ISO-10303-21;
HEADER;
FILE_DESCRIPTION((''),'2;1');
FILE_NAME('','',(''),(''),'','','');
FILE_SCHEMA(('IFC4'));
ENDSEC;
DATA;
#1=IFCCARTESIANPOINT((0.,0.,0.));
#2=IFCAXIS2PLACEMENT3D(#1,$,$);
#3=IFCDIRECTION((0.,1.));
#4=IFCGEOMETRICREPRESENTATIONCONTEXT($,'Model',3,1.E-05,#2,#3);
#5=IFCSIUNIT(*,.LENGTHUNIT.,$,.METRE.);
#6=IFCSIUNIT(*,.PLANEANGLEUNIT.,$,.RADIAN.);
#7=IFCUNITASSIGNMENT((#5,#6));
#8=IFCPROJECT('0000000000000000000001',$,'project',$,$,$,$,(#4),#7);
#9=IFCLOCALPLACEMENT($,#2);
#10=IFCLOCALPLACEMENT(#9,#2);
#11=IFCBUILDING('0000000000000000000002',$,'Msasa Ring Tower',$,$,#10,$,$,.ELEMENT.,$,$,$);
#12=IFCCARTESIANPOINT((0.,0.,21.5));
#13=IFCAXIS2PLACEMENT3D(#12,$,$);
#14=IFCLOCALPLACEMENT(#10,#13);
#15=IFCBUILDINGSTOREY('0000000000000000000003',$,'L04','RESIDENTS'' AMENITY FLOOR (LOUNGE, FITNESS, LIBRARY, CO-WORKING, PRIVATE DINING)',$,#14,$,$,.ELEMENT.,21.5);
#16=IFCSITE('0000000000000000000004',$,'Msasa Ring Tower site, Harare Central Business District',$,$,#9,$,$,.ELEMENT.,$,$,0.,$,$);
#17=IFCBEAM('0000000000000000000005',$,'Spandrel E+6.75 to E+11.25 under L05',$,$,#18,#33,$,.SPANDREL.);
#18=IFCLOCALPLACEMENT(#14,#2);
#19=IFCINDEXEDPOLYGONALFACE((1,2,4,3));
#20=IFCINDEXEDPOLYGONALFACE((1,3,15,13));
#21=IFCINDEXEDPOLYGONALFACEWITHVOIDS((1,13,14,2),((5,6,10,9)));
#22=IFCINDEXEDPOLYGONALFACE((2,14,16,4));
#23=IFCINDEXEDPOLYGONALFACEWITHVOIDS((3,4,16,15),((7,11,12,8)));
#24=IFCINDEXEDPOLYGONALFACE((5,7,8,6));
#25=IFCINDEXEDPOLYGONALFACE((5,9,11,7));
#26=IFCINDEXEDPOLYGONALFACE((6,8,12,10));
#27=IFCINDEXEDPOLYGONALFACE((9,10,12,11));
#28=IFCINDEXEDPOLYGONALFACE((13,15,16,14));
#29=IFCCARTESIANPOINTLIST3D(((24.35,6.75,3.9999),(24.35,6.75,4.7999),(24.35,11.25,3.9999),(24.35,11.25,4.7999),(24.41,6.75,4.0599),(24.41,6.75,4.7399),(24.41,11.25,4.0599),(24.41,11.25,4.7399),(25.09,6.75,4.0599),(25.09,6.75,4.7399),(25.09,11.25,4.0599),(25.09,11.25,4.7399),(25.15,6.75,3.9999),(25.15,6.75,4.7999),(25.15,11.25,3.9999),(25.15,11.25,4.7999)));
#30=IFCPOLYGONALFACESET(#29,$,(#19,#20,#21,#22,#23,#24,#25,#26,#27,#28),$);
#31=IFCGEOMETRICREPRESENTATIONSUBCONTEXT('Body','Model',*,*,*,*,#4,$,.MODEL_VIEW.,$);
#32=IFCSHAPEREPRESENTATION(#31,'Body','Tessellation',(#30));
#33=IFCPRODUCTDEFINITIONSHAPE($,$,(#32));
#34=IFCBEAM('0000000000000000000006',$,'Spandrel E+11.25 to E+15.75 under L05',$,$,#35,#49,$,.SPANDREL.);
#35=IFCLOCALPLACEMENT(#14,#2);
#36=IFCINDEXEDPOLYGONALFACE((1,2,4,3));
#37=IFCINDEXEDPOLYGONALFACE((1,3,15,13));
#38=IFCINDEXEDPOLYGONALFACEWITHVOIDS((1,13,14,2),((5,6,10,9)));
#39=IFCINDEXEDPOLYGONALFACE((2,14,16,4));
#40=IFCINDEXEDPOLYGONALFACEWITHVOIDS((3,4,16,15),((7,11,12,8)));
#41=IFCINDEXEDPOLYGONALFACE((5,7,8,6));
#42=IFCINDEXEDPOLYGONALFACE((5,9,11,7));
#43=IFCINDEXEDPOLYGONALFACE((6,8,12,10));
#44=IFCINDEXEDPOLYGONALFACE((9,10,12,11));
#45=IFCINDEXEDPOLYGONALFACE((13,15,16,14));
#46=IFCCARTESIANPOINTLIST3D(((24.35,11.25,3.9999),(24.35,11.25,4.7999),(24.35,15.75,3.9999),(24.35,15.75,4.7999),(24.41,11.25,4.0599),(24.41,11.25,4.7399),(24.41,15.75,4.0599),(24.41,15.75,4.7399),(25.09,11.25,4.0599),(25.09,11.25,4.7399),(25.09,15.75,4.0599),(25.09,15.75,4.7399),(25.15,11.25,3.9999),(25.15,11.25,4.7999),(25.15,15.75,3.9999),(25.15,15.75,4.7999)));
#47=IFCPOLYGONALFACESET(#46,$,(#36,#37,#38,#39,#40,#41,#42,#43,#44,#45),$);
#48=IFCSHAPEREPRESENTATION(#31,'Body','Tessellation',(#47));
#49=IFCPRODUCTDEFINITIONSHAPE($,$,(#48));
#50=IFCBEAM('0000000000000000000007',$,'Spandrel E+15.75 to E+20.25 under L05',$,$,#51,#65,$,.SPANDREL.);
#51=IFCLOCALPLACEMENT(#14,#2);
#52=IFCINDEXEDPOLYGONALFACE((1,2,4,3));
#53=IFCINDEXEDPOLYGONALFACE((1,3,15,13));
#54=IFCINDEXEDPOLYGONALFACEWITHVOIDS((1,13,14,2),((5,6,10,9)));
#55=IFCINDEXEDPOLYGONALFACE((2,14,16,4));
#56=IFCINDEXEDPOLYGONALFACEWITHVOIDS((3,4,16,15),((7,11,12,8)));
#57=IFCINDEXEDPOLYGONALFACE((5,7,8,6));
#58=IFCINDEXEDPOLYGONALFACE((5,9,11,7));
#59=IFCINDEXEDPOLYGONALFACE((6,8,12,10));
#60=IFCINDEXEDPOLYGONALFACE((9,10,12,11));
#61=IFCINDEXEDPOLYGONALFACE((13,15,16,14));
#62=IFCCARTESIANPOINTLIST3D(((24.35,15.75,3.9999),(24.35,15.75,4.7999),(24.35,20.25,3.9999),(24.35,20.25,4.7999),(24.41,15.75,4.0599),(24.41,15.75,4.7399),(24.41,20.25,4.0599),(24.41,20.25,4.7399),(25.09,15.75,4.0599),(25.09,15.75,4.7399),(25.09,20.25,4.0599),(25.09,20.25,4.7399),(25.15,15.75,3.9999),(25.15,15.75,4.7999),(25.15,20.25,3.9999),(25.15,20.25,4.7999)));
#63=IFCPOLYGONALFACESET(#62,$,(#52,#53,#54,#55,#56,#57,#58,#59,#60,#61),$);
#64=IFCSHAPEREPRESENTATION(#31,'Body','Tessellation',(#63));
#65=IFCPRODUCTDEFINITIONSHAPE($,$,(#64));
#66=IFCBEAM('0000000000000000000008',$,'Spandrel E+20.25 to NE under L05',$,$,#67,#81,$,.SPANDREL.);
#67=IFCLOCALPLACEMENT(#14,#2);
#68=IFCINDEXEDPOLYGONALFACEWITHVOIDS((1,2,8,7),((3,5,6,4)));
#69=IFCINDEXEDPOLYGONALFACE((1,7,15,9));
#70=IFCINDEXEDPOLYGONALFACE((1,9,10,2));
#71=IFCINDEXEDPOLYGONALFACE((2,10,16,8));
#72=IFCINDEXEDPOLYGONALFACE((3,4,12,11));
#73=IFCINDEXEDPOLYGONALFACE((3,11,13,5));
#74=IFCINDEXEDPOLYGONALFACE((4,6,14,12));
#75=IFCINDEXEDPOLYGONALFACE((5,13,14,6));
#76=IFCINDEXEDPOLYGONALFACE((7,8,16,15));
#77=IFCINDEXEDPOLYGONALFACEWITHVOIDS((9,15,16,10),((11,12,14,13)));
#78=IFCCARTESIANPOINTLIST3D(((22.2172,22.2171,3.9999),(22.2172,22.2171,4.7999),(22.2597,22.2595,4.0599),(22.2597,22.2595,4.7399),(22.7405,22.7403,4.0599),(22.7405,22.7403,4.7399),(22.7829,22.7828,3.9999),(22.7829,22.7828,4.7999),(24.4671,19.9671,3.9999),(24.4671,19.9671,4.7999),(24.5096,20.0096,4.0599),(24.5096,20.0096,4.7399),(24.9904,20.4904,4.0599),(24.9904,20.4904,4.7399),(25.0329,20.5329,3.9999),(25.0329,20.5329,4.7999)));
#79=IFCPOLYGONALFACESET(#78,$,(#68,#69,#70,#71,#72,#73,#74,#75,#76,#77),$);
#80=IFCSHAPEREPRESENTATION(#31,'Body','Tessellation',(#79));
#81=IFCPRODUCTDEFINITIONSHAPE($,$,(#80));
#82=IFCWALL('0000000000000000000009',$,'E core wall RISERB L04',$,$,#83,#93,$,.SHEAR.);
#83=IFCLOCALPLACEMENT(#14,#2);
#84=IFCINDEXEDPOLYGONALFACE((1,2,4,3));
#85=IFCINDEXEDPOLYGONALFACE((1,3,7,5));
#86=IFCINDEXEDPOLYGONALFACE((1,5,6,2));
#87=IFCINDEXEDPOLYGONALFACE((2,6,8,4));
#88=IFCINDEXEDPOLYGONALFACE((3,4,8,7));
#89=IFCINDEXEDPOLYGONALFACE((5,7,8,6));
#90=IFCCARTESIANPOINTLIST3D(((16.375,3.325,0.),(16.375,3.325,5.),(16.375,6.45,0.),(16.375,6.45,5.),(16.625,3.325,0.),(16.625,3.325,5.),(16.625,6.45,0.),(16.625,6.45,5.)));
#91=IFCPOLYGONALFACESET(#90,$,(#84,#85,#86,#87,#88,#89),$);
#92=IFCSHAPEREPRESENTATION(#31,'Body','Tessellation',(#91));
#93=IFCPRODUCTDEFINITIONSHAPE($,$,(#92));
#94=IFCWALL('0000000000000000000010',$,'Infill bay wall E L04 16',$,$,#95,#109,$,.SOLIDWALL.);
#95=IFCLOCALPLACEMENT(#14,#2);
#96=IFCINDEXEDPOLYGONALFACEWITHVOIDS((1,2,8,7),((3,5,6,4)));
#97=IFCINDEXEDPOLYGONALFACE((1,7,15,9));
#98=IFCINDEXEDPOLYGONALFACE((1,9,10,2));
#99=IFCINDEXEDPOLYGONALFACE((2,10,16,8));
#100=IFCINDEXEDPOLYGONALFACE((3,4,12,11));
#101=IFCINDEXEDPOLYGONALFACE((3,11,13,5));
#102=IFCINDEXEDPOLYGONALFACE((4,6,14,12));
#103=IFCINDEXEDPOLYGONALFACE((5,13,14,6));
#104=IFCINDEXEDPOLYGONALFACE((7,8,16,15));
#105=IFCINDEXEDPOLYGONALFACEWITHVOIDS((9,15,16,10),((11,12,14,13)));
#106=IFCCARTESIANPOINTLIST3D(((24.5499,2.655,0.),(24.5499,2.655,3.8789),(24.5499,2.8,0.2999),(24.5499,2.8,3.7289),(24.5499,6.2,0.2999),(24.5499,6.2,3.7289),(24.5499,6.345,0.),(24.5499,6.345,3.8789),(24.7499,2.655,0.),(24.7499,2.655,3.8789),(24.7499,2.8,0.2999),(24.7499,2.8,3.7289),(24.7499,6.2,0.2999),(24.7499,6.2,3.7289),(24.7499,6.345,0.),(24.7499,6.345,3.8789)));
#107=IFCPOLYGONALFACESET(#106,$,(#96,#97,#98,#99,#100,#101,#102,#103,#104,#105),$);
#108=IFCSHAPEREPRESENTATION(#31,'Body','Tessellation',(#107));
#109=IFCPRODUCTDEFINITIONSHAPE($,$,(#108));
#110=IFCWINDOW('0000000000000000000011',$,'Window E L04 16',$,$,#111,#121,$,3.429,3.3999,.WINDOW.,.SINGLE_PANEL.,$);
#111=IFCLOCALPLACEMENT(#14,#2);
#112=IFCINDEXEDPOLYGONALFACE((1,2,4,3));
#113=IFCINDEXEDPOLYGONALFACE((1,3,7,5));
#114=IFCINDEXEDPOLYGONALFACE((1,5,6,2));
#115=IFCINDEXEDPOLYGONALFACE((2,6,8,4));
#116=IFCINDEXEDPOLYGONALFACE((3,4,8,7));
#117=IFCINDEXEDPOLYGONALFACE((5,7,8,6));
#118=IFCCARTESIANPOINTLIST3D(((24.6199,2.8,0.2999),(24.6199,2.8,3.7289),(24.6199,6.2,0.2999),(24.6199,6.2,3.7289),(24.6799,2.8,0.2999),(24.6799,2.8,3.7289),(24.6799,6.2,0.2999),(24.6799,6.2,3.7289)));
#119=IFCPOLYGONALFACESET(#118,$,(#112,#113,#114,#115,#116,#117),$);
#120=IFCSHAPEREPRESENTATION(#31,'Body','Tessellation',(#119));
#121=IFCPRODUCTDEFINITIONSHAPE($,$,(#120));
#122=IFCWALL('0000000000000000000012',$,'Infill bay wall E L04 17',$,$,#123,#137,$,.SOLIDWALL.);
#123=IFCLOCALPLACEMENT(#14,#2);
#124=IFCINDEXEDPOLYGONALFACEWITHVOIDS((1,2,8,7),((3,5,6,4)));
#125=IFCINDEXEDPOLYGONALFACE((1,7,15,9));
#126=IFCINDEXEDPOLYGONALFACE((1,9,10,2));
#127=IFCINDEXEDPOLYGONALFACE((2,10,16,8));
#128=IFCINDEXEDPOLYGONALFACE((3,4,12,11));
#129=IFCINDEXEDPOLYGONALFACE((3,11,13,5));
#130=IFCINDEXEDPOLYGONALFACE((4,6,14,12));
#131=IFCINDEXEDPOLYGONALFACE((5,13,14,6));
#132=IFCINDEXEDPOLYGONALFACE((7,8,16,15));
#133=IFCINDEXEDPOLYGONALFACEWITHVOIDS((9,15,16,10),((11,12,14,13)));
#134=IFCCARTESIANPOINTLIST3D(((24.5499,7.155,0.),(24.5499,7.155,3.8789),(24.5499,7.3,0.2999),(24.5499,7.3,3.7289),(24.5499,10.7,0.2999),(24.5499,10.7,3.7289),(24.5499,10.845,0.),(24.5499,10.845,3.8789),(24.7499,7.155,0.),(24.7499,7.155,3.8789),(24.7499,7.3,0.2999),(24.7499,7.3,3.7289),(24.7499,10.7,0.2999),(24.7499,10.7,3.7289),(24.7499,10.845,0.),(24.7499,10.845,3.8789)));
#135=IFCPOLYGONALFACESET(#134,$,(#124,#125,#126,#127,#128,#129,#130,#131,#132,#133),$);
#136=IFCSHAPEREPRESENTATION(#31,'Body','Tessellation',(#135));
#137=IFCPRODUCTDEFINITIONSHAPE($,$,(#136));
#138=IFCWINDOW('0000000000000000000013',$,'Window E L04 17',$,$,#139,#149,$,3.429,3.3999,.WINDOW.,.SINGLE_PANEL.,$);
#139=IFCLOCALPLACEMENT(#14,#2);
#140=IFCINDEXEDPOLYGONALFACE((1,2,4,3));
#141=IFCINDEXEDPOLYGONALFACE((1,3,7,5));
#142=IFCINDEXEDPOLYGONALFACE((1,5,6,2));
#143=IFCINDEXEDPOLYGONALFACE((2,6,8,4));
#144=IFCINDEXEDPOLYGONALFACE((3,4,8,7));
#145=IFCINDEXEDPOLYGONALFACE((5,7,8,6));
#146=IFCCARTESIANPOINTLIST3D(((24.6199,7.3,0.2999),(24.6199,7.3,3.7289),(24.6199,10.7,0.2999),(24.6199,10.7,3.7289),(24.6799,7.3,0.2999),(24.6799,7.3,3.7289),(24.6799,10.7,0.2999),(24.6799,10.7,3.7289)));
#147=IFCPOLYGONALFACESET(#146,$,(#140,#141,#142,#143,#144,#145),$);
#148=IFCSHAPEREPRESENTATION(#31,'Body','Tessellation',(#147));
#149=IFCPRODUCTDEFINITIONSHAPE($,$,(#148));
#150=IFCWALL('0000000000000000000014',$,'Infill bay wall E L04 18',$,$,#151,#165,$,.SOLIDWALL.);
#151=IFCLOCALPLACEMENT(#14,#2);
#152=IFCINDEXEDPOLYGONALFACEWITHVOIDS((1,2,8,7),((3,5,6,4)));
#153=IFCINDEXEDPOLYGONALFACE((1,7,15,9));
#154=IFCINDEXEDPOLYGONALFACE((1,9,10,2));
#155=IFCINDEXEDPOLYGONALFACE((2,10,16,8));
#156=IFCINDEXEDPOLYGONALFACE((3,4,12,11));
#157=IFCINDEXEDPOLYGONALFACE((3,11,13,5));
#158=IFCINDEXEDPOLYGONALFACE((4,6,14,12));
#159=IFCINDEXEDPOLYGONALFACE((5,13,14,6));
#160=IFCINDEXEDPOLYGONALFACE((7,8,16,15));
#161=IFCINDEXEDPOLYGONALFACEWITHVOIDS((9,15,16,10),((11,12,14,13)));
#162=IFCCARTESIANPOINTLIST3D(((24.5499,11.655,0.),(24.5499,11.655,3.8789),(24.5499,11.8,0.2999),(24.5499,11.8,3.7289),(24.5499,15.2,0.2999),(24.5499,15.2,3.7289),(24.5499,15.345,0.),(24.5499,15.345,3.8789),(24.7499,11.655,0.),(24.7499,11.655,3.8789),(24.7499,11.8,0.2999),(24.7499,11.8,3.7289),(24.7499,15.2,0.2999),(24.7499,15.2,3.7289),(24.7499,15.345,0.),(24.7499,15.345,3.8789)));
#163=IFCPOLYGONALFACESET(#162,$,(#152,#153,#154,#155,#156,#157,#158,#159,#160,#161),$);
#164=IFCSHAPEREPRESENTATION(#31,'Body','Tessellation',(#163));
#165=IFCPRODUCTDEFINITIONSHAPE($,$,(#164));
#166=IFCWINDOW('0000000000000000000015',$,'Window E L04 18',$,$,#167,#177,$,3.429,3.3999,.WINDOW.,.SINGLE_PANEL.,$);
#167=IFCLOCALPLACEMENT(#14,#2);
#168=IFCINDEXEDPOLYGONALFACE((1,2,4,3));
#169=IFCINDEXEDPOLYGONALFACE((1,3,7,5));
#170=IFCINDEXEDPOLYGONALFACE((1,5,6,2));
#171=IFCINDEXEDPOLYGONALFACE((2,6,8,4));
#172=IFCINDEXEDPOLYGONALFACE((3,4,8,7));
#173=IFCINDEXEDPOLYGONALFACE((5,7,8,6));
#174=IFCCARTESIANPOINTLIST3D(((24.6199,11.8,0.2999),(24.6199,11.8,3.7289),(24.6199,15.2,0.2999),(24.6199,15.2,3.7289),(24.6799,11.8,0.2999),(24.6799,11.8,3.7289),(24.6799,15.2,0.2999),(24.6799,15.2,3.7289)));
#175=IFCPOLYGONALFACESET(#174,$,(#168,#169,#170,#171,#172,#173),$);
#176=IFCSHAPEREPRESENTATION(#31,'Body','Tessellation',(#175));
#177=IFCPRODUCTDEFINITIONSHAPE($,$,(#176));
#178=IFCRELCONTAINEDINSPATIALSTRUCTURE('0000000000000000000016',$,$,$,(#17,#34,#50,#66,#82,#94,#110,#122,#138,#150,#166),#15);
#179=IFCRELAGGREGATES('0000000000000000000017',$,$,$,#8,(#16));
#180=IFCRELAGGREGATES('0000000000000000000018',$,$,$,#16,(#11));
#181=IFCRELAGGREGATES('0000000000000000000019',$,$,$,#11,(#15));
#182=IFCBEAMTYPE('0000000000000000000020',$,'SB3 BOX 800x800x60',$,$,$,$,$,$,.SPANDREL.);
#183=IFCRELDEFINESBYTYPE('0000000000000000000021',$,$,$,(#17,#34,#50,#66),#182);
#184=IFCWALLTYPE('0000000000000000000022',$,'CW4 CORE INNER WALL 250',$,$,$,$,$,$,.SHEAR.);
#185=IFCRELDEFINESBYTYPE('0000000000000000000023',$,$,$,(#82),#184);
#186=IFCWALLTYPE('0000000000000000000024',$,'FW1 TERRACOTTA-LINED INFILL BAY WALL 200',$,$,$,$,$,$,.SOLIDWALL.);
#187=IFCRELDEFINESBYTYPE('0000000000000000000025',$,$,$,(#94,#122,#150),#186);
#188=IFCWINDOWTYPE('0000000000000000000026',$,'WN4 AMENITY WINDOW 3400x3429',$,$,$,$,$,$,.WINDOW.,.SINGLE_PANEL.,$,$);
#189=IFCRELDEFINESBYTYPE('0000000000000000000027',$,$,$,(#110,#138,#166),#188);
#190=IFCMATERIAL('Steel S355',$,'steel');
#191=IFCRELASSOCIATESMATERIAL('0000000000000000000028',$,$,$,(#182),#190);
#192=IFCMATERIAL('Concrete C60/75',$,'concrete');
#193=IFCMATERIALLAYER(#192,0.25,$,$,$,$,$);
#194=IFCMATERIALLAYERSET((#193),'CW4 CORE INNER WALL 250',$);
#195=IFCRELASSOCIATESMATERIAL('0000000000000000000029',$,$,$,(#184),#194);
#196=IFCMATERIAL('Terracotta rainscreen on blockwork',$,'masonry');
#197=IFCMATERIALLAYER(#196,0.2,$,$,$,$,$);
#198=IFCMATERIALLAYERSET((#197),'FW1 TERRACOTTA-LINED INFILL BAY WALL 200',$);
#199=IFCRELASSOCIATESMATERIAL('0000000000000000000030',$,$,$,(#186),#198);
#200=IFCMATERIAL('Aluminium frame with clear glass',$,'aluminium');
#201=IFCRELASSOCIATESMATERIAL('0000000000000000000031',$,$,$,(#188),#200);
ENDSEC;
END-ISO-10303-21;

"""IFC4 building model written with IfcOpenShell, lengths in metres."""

from ifc_helpers import new_model, si_unit, direction, frame, frame_2d, origin, origin_2d, place, context, subcontext, project, spatial, rectangle, hollow_rectangle, extrude, material, layer, layer_set, material_profile, profile_set, type_object, element, fill, save


model = new_model("IFC4")

# Units and contexts
model_context = context("Model", 3, precision=1e-05, world=origin(), true_north=direction((0.0, 1.0)))
body_context = subcontext(model_context, "Body", "Model", "MODEL_VIEW")
ifc_project = project(units=[si_unit("LENGTHUNIT", "METRE"), si_unit("PLANEANGLEUNIT", "RADIAN")], contexts=[model_context])

# Site, building, storey
site_placement = place(None, origin())
site = spatial("IfcSite", under=ifc_project, at=site_placement, Name="Msasa Ring Tower site, Harare Central Business District", CompositionType="ELEMENT", RefElevation=0.0)
building_placement = place(site_placement, origin())
building = spatial("IfcBuilding", under=site, at=building_placement, Name="Msasa Ring Tower", CompositionType="ELEMENT")
storey_placement = place(building_placement, frame((0.0, 0.0, 21.5)))
storey = spatial("IfcBuildingStorey", under=building, at=storey_placement, Name="L04", Description="RESIDENTS' AMENITY FLOOR (LOUNGE, FITNESS, LIBRARY, CO-WORKING, PRIVATE DINING)", CompositionType="ELEMENT", Elevation=21.5)

# Beams
ifc_material_1 = material(Name="Steel S355", Category="steel")
ifc_material_profile_1 = material_profile(ifc_material_1, hollow_rectangle(XDim=0.8, YDim=0.8, WallThickness=0.0601, at=origin_2d()), Name="BOX 800x800x60")
ifc_profile_set_1 = profile_set([ifc_material_profile_1], Name="Steel S355")
beam_type_1 = type_object("IfcBeamType", Name="SB3 BOX 800x800x60", PredefinedType="SPANDREL", material=ifc_profile_set_1)
for number, where, z_axis, x_axis, name in (
    (1, (24.75, 6.75, 4.3999), (0.0, 1.0, 0.0), (-1.0, 0.0, 0.0), "Spandrel E+6.75 to E+11.25 under L05"),
    (2, (24.75, 11.25, 4.3999), (0.0, 1.0, 0.0), (-1.0, 0.0, 0.0), "Spandrel E+11.25 to E+15.75 under L05"),
    (3, (24.75, 15.75, 4.3999), (0.0, 1.0, 0.0), (-1.0, 0.0, 0.0), "Spandrel E+15.75 to E+20.25 under L05"),
):
    element("IfcBeam", number, at=place(storey_placement, frame(where, z_axis=z_axis, x_axis=x_axis)), inside=storey, type_object=beam_type_1, Name=name, PredefinedType="SPANDREL", context=body_context, shape_type="SweptSolid", body=[
        extrude(hollow_rectangle(XDim=0.8, YDim=0.8, WallThickness=0.0601, at=origin_2d()), origin(), (0.0, 0.0, 1.0), 4.5),
    ])
beam_1_placement = place(storey_placement, frame((24.75, 20.25, 4.3999), z_axis=(-0.707107, 0.707107, 0.0), x_axis=(-0.707107, -0.707107, 0.0)))
element("IfcBeam", 4, at=beam_1_placement, inside=storey, type_object=beam_type_1, Name="Spandrel E+20.25 to NE under L05", PredefinedType="SPANDREL", context=body_context, shape_type="SweptSolid", body=[
    extrude(hollow_rectangle(XDim=0.8, YDim=0.8, WallThickness=0.0601, at=origin_2d()), origin(), (0.0, 0.0, 1.0), 3.1819),
])

# Wall
ifc_material_2 = material(Name="Concrete C60/75", Category="concrete")
ifc_layer_1 = layer(ifc_material_2, 0.25)
ifc_layer_set_1 = layer_set([ifc_layer_1], Name="CW4 CORE INNER WALL 250")
wall_type_1 = type_object("IfcWallType", Name="CW4 CORE INNER WALL 250", PredefinedType="SHEAR", material=ifc_layer_set_1)
wall_1_placement = place(storey_placement, frame((16.5, 3.325, 0.0), z_axis=(0.0, 0.0, 1.0), x_axis=(0.0, 1.0, 0.0)))
element("IfcWall", 5, at=wall_1_placement, inside=storey, type_object=wall_type_1, Name="E core wall RISERB L04", PredefinedType="SHEAR", context=body_context, shape_type="SweptSolid", body=[
    extrude(rectangle(XDim=3.125, YDim=0.25, at=frame_2d((1.5625, 0.0))), origin(), (0.0, 0.0, 1.0), 5.0),
])

# Walls, openings, windows
ifc_material_3 = material(Name="Terracotta rainscreen on blockwork", Category="masonry")
ifc_layer_2 = layer(ifc_material_3, 0.2)
ifc_layer_set_2 = layer_set([ifc_layer_2], Name="FW1 TERRACOTTA-LINED INFILL BAY WALL 200")
wall_type_2 = type_object("IfcWallType", Name="FW1 TERRACOTTA-LINED INFILL BAY WALL 200", PredefinedType="SOLIDWALL", material=ifc_layer_set_2)
wall_2_placement = place(storey_placement, frame((24.6499, 2.655, 0.0), z_axis=(0.0, 0.0, 1.0), x_axis=(0.0, 1.0, 0.0)))
wall_2 = element("IfcWall", 6, at=wall_2_placement, inside=storey, type_object=wall_type_2, Name="Infill bay wall E L04 16", PredefinedType="SOLIDWALL", context=body_context, shape_type="SweptSolid", body=[
    extrude(rectangle(XDim=3.6899, YDim=0.2, at=frame_2d((1.845, 0.0))), origin(), (0.0, 0.0, 1.0), 3.8789),
])
opening_1_placement = place(wall_2_placement, frame((0.145, 0.0, 0.3)))
opening_1 = element("IfcOpeningElement", 7, at=opening_1_placement, cuts=wall_2, PredefinedType="OPENING", context=body_context, shape_type="SweptSolid", body=[
    extrude(rectangle(XDim=3.3999, YDim=3.429, at=frame_2d((1.7, 1.7144))), frame((0.0, 0.1099, 0.0), z_axis=(0.0, -1.0, 0.0), x_axis=(1.0, 0.0, 0.0)), (0.0, 0.0, 1.0), 0.22),
])
ifc_material_4 = material(Name="Aluminium frame with clear glass", Category="aluminium")
window_type = type_object("IfcWindowType", Name="WN4 AMENITY WINDOW 3400x3429", PartitioningType="SINGLE_PANEL", PredefinedType="WINDOW", material=ifc_material_4)
window_1_placement = place(opening_1_placement, origin())
window_1 = element("IfcWindow", 8, at=window_1_placement, inside=storey, type_object=window_type, Name="Window E L04 16", OverallHeight=3.429, OverallWidth=3.3999, PartitioningType="SINGLE_PANEL", PredefinedType="WINDOW", context=body_context, shape_type="SweptSolid", body=[
    extrude(rectangle(XDim=3.3999, YDim=3.429, at=frame_2d((1.7, 1.7144))), frame((0.0, 0.03, 0.0), z_axis=(0.0, -1.0, 0.0), x_axis=(1.0, 0.0, 0.0)), (0.0, 0.0, 1.0), 0.0601),
])
fill(opening_1, window_1)
wall_3_placement = place(storey_placement, frame((24.6499, 7.155, 0.0), z_axis=(0.0, 0.0, 1.0), x_axis=(0.0, 1.0, 0.0)))
wall_3 = element("IfcWall", 9, at=wall_3_placement, inside=storey, type_object=wall_type_2, Name="Infill bay wall E L04 17", PredefinedType="SOLIDWALL", context=body_context, shape_type="SweptSolid", body=[
    extrude(rectangle(XDim=3.6899, YDim=0.2, at=frame_2d((1.845, 0.0))), origin(), (0.0, 0.0, 1.0), 3.8789),
])
opening_2_placement = place(wall_3_placement, frame((0.145, 0.0, 0.3)))
opening_2 = element("IfcOpeningElement", 10, at=opening_2_placement, cuts=wall_3, PredefinedType="OPENING", context=body_context, shape_type="SweptSolid", body=[
    extrude(rectangle(XDim=3.3999, YDim=3.429, at=frame_2d((1.7, 1.7144))), frame((0.0, 0.1099, 0.0), z_axis=(0.0, -1.0, 0.0), x_axis=(1.0, 0.0, 0.0)), (0.0, 0.0, 1.0), 0.22),
])
window_2_placement = place(opening_2_placement, origin())
window_2 = element("IfcWindow", 11, at=window_2_placement, inside=storey, type_object=window_type, Name="Window E L04 17", OverallHeight=3.429, OverallWidth=3.3999, PartitioningType="SINGLE_PANEL", PredefinedType="WINDOW", context=body_context, shape_type="SweptSolid", body=[
    extrude(rectangle(XDim=3.3999, YDim=3.429, at=frame_2d((1.7, 1.7144))), frame((0.0, 0.03, 0.0), z_axis=(0.0, -1.0, 0.0), x_axis=(1.0, 0.0, 0.0)), (0.0, 0.0, 1.0), 0.0601),
])
fill(opening_2, window_2)
wall_4_placement = place(storey_placement, frame((24.6499, 11.655, 0.0), z_axis=(0.0, 0.0, 1.0), x_axis=(0.0, 1.0, 0.0)))
wall_4 = element("IfcWall", 12, at=wall_4_placement, inside=storey, type_object=wall_type_2, Name="Infill bay wall E L04 18", PredefinedType="SOLIDWALL", context=body_context, shape_type="SweptSolid", body=[
    extrude(rectangle(XDim=3.6899, YDim=0.2, at=frame_2d((1.845, 0.0))), origin(), (0.0, 0.0, 1.0), 3.8789),
])
opening_3_placement = place(wall_4_placement, frame((0.145, 0.0, 0.3)))
opening_3 = element("IfcOpeningElement", 13, at=opening_3_placement, cuts=wall_4, PredefinedType="OPENING", context=body_context, shape_type="SweptSolid", body=[
    extrude(rectangle(XDim=3.3999, YDim=3.429, at=frame_2d((1.7, 1.7144))), frame((0.0, 0.1099, 0.0), z_axis=(0.0, -1.0, 0.0), x_axis=(1.0, 0.0, 0.0)), (0.0, 0.0, 1.0), 0.22),
])
window_3_placement = place(opening_3_placement, origin())
window_3 = element("IfcWindow", 14, at=window_3_placement, inside=storey, type_object=window_type, Name="Window E L04 18", OverallHeight=3.429, OverallWidth=3.3999, PartitioningType="SINGLE_PANEL", PredefinedType="WINDOW", context=body_context, shape_type="SweptSolid", body=[
    extrude(rectangle(XDim=3.3999, YDim=3.429, at=frame_2d((1.7, 1.7144))), frame((0.0, 0.03, 0.0), z_axis=(0.0, -1.0, 0.0), x_axis=(1.0, 0.0, 0.0)), (0.0, 0.0, 1.0), 0.0601),
])
fill(opening_3, window_3)

save(model, "model.ifc")
